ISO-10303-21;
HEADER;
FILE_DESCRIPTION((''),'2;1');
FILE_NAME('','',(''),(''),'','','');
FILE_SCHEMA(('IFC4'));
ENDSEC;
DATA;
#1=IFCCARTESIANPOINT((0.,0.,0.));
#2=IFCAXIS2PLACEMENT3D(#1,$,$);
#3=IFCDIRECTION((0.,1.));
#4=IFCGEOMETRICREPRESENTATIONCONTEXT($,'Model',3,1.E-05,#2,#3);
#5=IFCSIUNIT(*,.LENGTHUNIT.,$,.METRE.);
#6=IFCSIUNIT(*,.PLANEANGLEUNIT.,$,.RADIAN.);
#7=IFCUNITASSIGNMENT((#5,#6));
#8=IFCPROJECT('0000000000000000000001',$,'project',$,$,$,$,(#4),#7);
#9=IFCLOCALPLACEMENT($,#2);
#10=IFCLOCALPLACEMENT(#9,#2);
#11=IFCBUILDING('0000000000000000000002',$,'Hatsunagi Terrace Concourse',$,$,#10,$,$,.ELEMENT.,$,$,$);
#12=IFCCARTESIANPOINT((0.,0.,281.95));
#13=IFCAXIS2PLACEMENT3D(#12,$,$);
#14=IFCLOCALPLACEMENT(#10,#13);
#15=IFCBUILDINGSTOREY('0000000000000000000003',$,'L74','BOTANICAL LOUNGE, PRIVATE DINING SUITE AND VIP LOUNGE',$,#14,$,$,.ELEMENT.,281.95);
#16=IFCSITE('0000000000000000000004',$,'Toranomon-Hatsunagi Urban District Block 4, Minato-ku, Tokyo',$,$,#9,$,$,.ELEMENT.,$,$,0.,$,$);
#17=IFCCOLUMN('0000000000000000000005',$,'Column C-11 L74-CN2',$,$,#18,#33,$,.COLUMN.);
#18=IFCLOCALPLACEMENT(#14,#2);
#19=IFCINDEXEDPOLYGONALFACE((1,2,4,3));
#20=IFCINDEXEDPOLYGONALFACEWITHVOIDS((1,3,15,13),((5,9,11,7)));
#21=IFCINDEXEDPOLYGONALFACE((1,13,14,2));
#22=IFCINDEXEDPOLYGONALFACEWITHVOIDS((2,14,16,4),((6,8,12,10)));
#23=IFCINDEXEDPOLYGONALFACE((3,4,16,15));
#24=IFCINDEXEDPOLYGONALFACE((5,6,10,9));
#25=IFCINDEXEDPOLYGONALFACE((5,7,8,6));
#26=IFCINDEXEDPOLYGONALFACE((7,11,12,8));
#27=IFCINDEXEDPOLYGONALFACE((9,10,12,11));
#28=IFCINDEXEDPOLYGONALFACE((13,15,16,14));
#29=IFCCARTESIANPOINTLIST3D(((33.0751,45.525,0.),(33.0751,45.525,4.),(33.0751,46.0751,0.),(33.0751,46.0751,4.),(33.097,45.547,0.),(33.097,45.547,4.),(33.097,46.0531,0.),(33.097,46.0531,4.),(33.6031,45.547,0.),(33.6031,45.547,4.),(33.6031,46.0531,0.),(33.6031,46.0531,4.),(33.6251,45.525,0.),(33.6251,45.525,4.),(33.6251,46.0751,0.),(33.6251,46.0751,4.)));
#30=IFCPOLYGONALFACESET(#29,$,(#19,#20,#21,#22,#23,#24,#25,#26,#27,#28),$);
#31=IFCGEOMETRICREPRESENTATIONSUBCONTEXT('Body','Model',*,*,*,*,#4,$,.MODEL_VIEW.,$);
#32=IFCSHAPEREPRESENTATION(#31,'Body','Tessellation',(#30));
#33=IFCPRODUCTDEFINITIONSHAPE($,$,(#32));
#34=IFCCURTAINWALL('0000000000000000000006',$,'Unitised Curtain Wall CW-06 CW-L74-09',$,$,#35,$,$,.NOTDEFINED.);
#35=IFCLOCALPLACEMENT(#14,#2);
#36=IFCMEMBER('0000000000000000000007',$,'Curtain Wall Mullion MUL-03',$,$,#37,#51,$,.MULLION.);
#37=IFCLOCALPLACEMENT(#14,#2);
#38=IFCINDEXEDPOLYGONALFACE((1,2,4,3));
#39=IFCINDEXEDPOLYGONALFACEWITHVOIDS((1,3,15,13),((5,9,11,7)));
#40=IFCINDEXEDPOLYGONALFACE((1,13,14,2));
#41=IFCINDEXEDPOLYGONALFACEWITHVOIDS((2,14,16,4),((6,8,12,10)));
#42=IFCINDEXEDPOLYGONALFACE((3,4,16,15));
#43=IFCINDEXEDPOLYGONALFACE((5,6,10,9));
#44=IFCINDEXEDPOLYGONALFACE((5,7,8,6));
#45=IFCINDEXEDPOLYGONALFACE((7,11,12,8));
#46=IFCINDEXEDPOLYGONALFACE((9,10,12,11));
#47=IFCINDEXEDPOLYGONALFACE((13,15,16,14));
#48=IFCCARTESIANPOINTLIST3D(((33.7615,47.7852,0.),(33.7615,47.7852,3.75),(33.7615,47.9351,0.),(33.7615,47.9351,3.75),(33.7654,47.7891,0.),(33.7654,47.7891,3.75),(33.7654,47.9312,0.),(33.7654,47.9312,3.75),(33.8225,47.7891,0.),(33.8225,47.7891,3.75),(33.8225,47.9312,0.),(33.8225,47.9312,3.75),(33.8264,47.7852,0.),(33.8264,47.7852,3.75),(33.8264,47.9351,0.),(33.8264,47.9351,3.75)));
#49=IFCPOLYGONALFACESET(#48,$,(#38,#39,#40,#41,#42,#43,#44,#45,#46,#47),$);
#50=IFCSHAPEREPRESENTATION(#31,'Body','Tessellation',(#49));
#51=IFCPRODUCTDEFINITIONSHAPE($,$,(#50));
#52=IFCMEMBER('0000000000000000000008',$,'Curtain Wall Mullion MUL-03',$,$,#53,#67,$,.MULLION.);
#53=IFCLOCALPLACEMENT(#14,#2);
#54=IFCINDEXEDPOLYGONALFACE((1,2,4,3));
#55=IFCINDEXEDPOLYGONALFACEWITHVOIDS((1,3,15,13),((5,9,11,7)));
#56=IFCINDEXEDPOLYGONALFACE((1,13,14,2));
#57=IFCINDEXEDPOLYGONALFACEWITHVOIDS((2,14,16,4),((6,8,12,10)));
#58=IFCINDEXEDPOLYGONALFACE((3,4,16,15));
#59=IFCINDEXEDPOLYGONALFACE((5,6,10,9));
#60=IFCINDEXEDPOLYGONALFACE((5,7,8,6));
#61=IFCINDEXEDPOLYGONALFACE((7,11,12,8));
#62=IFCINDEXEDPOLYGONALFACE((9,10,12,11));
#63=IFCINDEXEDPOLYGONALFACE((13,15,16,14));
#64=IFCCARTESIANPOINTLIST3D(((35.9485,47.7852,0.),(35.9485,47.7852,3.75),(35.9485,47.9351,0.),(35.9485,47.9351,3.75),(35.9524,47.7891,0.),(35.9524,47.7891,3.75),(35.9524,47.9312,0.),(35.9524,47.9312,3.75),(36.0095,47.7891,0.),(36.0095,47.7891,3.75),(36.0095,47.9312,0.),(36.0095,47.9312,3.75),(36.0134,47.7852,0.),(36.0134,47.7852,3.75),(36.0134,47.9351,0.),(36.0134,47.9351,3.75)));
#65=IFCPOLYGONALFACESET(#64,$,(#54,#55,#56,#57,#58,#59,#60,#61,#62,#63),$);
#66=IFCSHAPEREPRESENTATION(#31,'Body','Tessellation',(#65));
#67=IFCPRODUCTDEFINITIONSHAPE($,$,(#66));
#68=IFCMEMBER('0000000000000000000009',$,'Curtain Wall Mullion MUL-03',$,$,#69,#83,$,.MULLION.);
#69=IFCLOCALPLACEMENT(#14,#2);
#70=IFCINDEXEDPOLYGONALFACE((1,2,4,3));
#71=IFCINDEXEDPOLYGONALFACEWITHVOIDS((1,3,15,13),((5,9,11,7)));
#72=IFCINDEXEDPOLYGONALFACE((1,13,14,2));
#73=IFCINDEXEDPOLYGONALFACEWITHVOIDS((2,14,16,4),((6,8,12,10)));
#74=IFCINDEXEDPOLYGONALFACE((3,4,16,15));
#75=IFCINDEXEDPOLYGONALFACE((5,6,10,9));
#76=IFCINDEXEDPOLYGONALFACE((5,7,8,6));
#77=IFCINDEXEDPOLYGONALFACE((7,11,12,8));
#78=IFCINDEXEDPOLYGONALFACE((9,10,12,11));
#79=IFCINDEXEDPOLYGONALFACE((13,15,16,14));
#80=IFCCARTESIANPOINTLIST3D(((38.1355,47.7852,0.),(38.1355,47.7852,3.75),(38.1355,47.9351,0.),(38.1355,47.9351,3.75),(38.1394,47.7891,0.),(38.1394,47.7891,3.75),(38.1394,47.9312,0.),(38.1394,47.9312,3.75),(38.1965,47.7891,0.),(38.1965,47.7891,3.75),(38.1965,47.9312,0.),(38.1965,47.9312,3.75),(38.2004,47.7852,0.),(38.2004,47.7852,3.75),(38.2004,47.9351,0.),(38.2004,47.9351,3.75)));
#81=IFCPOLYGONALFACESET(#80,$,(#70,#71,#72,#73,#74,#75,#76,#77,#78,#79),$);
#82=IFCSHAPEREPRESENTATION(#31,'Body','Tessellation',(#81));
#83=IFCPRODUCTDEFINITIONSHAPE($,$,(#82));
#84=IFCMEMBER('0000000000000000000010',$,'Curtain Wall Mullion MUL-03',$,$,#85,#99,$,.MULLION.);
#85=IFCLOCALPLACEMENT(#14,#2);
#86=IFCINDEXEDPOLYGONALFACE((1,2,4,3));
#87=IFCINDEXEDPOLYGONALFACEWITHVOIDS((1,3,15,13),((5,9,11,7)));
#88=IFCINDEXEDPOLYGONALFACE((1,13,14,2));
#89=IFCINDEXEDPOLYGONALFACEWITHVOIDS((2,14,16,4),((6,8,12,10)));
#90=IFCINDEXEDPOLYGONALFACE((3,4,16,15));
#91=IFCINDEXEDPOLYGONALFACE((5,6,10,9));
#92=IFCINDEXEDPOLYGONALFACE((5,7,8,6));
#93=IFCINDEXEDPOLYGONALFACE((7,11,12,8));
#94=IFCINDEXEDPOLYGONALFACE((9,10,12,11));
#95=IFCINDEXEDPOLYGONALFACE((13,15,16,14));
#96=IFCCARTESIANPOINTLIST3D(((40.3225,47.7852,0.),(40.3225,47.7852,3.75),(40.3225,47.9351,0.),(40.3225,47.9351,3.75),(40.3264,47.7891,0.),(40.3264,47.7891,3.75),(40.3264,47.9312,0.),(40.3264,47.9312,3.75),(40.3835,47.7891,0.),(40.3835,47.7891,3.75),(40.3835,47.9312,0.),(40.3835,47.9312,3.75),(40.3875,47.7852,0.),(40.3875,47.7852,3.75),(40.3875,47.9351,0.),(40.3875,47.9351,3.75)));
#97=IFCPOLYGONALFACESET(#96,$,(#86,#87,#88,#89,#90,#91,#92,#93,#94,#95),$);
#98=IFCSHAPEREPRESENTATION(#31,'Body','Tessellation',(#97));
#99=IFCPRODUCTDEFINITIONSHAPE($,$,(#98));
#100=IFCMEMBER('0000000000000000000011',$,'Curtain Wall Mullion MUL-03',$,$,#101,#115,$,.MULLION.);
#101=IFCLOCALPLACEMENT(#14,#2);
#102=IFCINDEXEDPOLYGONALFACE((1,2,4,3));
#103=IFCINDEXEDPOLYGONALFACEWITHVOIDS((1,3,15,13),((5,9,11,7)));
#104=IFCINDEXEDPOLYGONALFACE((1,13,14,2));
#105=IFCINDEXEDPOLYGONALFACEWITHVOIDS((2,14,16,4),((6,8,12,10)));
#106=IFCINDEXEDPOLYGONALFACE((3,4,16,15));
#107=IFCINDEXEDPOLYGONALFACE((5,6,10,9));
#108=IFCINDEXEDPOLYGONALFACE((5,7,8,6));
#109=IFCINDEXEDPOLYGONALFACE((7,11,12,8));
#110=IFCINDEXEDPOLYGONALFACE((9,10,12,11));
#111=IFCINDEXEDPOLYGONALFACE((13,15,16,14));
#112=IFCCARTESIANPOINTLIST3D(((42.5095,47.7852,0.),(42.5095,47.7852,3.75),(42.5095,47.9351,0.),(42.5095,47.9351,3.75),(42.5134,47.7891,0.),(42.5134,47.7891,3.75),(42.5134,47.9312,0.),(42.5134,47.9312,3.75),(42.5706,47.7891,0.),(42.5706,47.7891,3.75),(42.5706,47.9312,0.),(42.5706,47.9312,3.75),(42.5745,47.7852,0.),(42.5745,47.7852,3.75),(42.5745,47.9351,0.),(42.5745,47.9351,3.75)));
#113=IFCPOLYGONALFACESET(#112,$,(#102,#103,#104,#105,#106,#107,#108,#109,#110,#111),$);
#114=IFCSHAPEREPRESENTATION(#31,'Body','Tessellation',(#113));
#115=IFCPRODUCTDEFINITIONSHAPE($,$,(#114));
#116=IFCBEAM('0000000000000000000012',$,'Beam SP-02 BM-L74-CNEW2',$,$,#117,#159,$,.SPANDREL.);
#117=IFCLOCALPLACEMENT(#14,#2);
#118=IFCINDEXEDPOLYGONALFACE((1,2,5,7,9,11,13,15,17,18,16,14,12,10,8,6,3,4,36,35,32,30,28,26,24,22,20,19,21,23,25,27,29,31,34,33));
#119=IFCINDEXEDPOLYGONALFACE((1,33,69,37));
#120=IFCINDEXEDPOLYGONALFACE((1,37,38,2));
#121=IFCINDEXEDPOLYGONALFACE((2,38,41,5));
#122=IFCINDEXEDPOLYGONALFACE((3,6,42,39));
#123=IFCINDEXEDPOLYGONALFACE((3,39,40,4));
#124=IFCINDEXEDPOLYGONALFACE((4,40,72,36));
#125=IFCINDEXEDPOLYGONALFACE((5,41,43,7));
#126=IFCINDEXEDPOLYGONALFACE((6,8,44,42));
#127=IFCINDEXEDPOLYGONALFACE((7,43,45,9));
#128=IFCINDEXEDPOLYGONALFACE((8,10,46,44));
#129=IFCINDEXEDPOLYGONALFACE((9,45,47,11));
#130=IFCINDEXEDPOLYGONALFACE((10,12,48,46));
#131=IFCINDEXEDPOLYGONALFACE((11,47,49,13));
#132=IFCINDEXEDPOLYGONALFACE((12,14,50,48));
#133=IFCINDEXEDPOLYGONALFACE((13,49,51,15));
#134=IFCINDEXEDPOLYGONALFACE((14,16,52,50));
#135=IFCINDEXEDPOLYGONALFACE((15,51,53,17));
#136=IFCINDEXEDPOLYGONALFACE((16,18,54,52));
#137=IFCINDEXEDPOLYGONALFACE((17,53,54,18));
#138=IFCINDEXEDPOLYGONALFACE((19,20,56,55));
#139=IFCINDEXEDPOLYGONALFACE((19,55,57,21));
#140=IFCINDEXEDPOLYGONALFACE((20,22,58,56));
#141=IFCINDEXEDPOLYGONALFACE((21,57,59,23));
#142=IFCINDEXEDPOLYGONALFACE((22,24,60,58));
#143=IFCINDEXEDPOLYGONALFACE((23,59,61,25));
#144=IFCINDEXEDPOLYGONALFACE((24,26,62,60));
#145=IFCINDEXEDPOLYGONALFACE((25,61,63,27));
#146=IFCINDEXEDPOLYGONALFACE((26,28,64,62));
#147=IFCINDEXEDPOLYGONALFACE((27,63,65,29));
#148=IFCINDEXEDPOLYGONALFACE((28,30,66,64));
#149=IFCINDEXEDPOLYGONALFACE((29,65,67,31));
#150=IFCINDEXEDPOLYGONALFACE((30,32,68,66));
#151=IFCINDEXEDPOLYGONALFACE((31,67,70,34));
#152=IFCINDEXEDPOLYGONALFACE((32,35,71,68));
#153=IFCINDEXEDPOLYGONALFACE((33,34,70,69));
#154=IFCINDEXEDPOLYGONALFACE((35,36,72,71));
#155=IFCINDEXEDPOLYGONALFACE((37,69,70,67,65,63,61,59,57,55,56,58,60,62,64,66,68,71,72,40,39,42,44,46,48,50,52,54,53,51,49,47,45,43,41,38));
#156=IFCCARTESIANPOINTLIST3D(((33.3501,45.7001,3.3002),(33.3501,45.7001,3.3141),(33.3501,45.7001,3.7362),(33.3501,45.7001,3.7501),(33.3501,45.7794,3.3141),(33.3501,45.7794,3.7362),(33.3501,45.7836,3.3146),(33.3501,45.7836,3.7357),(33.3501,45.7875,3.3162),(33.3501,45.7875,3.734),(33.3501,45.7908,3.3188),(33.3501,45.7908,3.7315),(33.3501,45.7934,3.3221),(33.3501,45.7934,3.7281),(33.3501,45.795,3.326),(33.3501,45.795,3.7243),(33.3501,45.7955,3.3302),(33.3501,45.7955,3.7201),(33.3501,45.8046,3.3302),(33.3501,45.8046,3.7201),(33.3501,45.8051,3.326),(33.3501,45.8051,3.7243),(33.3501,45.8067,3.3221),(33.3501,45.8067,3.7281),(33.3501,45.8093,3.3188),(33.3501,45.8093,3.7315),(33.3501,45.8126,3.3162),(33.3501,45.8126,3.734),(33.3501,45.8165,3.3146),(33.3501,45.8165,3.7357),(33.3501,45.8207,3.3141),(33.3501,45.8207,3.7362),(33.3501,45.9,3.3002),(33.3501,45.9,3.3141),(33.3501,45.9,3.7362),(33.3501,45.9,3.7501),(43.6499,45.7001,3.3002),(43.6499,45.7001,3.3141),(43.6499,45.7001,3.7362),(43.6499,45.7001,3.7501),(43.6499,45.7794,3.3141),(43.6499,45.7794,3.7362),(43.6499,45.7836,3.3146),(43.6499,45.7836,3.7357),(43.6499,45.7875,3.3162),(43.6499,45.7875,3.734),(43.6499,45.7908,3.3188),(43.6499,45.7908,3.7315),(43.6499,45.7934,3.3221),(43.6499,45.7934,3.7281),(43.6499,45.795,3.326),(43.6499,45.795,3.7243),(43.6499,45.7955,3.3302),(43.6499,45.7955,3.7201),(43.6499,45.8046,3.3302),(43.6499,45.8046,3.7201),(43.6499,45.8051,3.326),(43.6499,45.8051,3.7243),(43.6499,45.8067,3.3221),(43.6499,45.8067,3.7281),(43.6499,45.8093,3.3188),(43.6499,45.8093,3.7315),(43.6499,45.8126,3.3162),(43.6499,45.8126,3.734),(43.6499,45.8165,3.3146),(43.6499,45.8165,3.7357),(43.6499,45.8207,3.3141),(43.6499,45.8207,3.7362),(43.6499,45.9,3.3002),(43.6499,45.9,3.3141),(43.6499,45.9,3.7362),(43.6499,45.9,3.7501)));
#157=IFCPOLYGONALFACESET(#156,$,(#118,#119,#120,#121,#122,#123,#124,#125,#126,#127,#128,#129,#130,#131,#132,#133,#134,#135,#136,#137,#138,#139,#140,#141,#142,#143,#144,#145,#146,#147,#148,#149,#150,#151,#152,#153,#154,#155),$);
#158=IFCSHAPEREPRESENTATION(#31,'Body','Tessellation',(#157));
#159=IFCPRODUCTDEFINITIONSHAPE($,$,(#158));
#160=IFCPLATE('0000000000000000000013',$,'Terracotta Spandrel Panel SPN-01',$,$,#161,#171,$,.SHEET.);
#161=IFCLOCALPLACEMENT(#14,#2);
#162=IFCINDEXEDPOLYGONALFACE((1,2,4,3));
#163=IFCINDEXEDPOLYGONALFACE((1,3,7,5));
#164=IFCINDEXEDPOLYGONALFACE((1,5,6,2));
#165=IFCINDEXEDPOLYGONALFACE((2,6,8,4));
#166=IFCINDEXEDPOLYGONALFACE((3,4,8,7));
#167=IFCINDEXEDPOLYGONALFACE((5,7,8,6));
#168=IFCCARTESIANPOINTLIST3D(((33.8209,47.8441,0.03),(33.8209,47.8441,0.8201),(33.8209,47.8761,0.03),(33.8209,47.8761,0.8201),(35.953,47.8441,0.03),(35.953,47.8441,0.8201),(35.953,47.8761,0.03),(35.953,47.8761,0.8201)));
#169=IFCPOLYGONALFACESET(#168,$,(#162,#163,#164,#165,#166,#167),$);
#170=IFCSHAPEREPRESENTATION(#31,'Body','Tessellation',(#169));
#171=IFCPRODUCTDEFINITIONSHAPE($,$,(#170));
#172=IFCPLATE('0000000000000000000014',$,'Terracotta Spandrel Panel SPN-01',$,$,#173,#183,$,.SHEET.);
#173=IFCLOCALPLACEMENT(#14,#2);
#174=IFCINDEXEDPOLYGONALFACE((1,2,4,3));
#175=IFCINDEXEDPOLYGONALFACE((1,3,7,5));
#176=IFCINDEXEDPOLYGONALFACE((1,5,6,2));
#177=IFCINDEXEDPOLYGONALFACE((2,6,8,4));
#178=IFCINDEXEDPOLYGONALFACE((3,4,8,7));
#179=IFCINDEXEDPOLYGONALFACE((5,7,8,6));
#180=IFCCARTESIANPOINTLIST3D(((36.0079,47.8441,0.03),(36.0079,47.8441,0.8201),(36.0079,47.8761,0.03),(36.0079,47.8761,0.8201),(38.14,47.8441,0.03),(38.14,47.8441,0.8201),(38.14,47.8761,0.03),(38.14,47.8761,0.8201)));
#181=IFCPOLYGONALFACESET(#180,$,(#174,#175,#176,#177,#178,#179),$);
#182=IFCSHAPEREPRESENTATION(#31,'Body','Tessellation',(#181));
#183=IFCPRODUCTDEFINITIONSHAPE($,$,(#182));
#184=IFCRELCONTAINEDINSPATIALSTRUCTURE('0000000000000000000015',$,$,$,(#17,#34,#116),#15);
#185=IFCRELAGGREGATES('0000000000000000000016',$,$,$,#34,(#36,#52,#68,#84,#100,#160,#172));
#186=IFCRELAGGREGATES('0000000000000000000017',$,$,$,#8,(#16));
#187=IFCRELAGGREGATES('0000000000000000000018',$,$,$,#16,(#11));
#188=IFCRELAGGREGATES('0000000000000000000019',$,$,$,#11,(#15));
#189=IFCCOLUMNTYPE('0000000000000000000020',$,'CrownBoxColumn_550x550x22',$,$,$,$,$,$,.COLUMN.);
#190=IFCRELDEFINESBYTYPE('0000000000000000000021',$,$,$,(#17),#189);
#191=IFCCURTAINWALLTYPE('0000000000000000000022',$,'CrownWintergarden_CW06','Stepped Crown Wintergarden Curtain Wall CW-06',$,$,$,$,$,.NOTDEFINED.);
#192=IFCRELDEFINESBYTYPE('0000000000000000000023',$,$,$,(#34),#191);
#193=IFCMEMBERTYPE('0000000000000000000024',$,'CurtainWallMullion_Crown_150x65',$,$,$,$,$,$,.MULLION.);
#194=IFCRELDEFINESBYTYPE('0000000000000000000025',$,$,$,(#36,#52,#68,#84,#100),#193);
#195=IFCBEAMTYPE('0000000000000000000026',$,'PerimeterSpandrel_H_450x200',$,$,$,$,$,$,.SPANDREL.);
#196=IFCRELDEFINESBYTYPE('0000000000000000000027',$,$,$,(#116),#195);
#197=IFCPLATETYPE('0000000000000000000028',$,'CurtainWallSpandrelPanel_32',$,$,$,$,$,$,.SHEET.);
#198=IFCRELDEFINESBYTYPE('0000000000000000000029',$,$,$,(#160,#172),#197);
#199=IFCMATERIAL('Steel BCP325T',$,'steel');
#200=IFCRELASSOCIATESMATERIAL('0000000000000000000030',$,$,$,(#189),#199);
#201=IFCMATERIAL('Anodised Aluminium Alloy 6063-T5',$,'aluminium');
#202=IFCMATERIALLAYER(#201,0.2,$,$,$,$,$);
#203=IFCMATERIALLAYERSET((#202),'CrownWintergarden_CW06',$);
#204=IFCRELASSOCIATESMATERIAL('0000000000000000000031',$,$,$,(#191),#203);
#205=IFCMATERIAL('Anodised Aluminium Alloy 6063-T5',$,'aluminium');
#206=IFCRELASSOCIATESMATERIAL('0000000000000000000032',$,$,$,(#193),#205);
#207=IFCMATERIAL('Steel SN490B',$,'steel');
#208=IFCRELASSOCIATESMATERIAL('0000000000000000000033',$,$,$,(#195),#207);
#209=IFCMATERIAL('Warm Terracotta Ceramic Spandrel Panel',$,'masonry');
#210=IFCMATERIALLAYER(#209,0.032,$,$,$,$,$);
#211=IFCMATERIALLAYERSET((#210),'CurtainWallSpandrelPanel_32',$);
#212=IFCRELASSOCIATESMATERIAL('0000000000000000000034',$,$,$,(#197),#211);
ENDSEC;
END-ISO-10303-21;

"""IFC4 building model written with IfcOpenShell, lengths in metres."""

from ifc_helpers import new_model, si_unit, direction, frame, origin, origin_2d, place, context, subcontext, project, spatial, rectangle, hollow_rectangle, i_section, extrude, material, layer, layer_set, material_profile, profile_set, type_object, element, aggregate, save


model = new_model("IFC4")

# Units and contexts
model_context = context("Model", 3, precision=1e-05, world=origin(), true_north=direction((0.0, 1.0)))
body_context = subcontext(model_context, "Body", "Model", "MODEL_VIEW")
ifc_project = project(units=[si_unit("LENGTHUNIT", "METRE"), si_unit("PLANEANGLEUNIT", "RADIAN")], contexts=[model_context])

# Site, building, storey
site_placement = place(None, origin())
site = spatial("IfcSite", under=ifc_project, at=site_placement, Name="Toranomon-Hatsunagi Urban District Block 4, Minato-ku, Tokyo", CompositionType="ELEMENT", RefElevation=0.0)
building_placement = place(site_placement, origin())
building = spatial("IfcBuilding", under=site, at=building_placement, Name="Hatsunagi Terrace Concourse", CompositionType="ELEMENT")
storey_placement = place(building_placement, frame((0.0, 0.0, 281.95)))
storey = spatial("IfcBuildingStorey", under=building, at=storey_placement, Name="L74", Description="BOTANICAL LOUNGE, PRIVATE DINING SUITE AND VIP LOUNGE", CompositionType="ELEMENT", Elevation=281.95)

# Column
ifc_material_1 = material(Name="Steel BCP325T", Category="steel")
ifc_material_profile_1 = material_profile(ifc_material_1, hollow_rectangle(XDim=0.55, YDim=0.55, WallThickness=0.022, at=origin_2d()), Name="BCP-550x550x22")
ifc_profile_set_1 = profile_set([ifc_material_profile_1], Name="Steel BCP325T")
column_type = type_object("IfcColumnType", Name="CrownBoxColumn_550x550x22", PredefinedType="COLUMN", material=ifc_profile_set_1)
column_placement = place(storey_placement, frame((33.3501, 45.8, 0.0), z_axis=(0.0, 0.0, 1.0), x_axis=(1.0, 0.0, 0.0)))
element("IfcColumn", 1, at=column_placement, inside=storey, type_object=column_type, Name="Column C-11 L74-CN2", PredefinedType="COLUMN", context=body_context, shape_type="SweptSolid", body=[
    extrude(hollow_rectangle(XDim=0.55, YDim=0.55, WallThickness=0.022, at=origin_2d()), origin(), (0.0, 0.0, 1.0), 4.0),
])

# Curtain wall, members
ifc_material_2 = material(Name="Anodised Aluminium Alloy 6063-T5", Category="aluminium")
ifc_layer_1 = layer(ifc_material_2, 0.2)
ifc_layer_set_1 = layer_set([ifc_layer_1], Name="CrownWintergarden_CW06")
curtain_wall_type = type_object("IfcCurtainWallType", Name="CrownWintergarden_CW06", Description="Stepped Crown Wintergarden Curtain Wall CW-06", PredefinedType="NOTDEFINED", material=ifc_layer_set_1)
curtain_wall_placement = place(storey_placement, origin())
curtain_wall = element("IfcCurtainWall", 2, at=curtain_wall_placement, inside=storey, type_object=curtain_wall_type, Name="Unitised Curtain Wall CW-06 CW-L74-09", PredefinedType="NOTDEFINED")
ifc_material_3 = material(Name="Anodised Aluminium Alloy 6063-T5", Category="aluminium")
ifc_material_profile_2 = material_profile(ifc_material_3, hollow_rectangle(XDim=0.0649, YDim=0.1499, WallThickness=0.0039, at=origin_2d()), Name="ALU-MUL-150x65x4")
ifc_profile_set_2 = profile_set([ifc_material_profile_2], Name="Anodised Aluminium Alloy 6063-T5")
member_type = type_object("IfcMemberType", Name="CurtainWallMullion_Crown_150x65", PredefinedType="MULLION", material=ifc_profile_set_2)
member_1_placement = place(storey_placement, frame((33.7939, 47.8601, 0.0), z_axis=(0.0, 0.0, 1.0), x_axis=(1.0, 0.0, 0.0)))
member_1 = element("IfcMember", 3, at=member_1_placement, type_object=member_type, Name="Curtain Wall Mullion MUL-03", PredefinedType="MULLION", context=body_context, shape_type="SweptSolid", body=[
    extrude(hollow_rectangle(XDim=0.0649, YDim=0.1499, WallThickness=0.0039, at=origin_2d()), origin(), (0.0, 0.0, 1.0), 3.75),
])
member_2_placement = place(storey_placement, frame((35.981, 47.8601, 0.0), z_axis=(0.0, 0.0, 1.0), x_axis=(1.0, 0.0, 0.0)))
member_2 = element("IfcMember", 4, at=member_2_placement, type_object=member_type, Name="Curtain Wall Mullion MUL-03", PredefinedType="MULLION", context=body_context, shape_type="SweptSolid", body=[
    extrude(hollow_rectangle(XDim=0.0649, YDim=0.1499, WallThickness=0.0039, at=origin_2d()), origin(), (0.0, 0.0, 1.0), 3.75),
])
member_3_placement = place(storey_placement, frame((38.168, 47.8601, 0.0), z_axis=(0.0, 0.0, 1.0), x_axis=(1.0, 0.0, 0.0)))
member_3 = element("IfcMember", 5, at=member_3_placement, type_object=member_type, Name="Curtain Wall Mullion MUL-03", PredefinedType="MULLION", context=body_context, shape_type="SweptSolid", body=[
    extrude(hollow_rectangle(XDim=0.0649, YDim=0.1499, WallThickness=0.0039, at=origin_2d()), origin(), (0.0, 0.0, 1.0), 3.75),
])
member_4_placement = place(storey_placement, frame((40.355, 47.8601, 0.0), z_axis=(0.0, 0.0, 1.0), x_axis=(1.0, 0.0, 0.0)))
member_4 = element("IfcMember", 6, at=member_4_placement, type_object=member_type, Name="Curtain Wall Mullion MUL-03", PredefinedType="MULLION", context=body_context, shape_type="SweptSolid", body=[
    extrude(hollow_rectangle(XDim=0.0649, YDim=0.1499, WallThickness=0.0039, at=origin_2d()), origin(), (0.0, 0.0, 1.0), 3.75),
])
member_5_placement = place(storey_placement, frame((42.542, 47.8601, 0.0), z_axis=(0.0, 0.0, 1.0), x_axis=(1.0, 0.0, 0.0)))
member_5 = element("IfcMember", 7, at=member_5_placement, type_object=member_type, Name="Curtain Wall Mullion MUL-03", PredefinedType="MULLION", context=body_context, shape_type="SweptSolid", body=[
    extrude(hollow_rectangle(XDim=0.0649, YDim=0.1499, WallThickness=0.0039, at=origin_2d()), origin(), (0.0, 0.0, 1.0), 3.75),
])

# Beam
ifc_material_4 = material(Name="Steel SN490B", Category="steel")
ifc_material_profile_3 = material_profile(ifc_material_4, i_section(OverallWidth=0.2, OverallDepth=0.45, WebThickness=0.009, FlangeThickness=0.0139, FilletRadius=0.0161, at=origin_2d()), Name="H-450x200x9x14")
ifc_profile_set_3 = profile_set([ifc_material_profile_3], Name="Steel SN490B")
beam_type = type_object("IfcBeamType", Name="PerimeterSpandrel_H_450x200", PredefinedType="SPANDREL", material=ifc_profile_set_3)
beam_placement = place(storey_placement, frame((33.3501, 45.8, 3.5251), z_axis=(1.0, 0.0, 0.0), x_axis=(0.0, 1.0, 0.0)))
element("IfcBeam", 8, at=beam_placement, inside=storey, type_object=beam_type, Name="Beam SP-02 BM-L74-CNEW2", PredefinedType="SPANDREL", context=body_context, shape_type="SweptSolid", body=[
    extrude(i_section(OverallWidth=0.2, OverallDepth=0.45, WebThickness=0.009, FlangeThickness=0.0139, FilletRadius=0.0161, at=origin_2d()), origin(), (0.0, 0.0, 1.0), 10.2998),
])

# Plates
ifc_material_5 = material(Name="Warm Terracotta Ceramic Spandrel Panel", Category="masonry")
ifc_layer_2 = layer(ifc_material_5, 0.032)
ifc_layer_set_2 = layer_set([ifc_layer_2], Name="CurtainWallSpandrelPanel_32")
plate_type_1 = type_object("IfcPlateType", Name="CurtainWallSpandrelPanel_32", PredefinedType="SHEET", material=ifc_layer_set_2)
plate_1_placement = place(storey_placement, frame((34.887, 47.8601, 0.03), z_axis=(0.0, 0.0, 1.0), x_axis=(1.0, 0.0, 0.0)))
plate_1 = element("IfcPlate", 9, at=plate_1_placement, type_object=plate_type_1, Name="Terracotta Spandrel Panel SPN-01", PredefinedType="SHEET", context=body_context, shape_type="SweptSolid", body=[
    extrude(rectangle(XDim=2.1321, YDim=0.032, at=origin_2d()), origin(), (0.0, 0.0, 1.0), 0.79),
])
plate_2_placement = place(storey_placement, frame((37.074, 47.8601, 0.03), z_axis=(0.0, 0.0, 1.0), x_axis=(1.0, 0.0, 0.0)))
plate_2 = element("IfcPlate", 10, at=plate_2_placement, type_object=plate_type_1, Name="Terracotta Spandrel Panel SPN-01", PredefinedType="SHEET", context=body_context, shape_type="SweptSolid", body=[
    extrude(rectangle(XDim=2.1321, YDim=0.032, at=origin_2d()), origin(), (0.0, 0.0, 1.0), 0.79),
])
aggregate(curtain_wall, [member_1, member_2, member_3, member_4, member_5, plate_1, plate_2])

save(model, "model.ifc")
